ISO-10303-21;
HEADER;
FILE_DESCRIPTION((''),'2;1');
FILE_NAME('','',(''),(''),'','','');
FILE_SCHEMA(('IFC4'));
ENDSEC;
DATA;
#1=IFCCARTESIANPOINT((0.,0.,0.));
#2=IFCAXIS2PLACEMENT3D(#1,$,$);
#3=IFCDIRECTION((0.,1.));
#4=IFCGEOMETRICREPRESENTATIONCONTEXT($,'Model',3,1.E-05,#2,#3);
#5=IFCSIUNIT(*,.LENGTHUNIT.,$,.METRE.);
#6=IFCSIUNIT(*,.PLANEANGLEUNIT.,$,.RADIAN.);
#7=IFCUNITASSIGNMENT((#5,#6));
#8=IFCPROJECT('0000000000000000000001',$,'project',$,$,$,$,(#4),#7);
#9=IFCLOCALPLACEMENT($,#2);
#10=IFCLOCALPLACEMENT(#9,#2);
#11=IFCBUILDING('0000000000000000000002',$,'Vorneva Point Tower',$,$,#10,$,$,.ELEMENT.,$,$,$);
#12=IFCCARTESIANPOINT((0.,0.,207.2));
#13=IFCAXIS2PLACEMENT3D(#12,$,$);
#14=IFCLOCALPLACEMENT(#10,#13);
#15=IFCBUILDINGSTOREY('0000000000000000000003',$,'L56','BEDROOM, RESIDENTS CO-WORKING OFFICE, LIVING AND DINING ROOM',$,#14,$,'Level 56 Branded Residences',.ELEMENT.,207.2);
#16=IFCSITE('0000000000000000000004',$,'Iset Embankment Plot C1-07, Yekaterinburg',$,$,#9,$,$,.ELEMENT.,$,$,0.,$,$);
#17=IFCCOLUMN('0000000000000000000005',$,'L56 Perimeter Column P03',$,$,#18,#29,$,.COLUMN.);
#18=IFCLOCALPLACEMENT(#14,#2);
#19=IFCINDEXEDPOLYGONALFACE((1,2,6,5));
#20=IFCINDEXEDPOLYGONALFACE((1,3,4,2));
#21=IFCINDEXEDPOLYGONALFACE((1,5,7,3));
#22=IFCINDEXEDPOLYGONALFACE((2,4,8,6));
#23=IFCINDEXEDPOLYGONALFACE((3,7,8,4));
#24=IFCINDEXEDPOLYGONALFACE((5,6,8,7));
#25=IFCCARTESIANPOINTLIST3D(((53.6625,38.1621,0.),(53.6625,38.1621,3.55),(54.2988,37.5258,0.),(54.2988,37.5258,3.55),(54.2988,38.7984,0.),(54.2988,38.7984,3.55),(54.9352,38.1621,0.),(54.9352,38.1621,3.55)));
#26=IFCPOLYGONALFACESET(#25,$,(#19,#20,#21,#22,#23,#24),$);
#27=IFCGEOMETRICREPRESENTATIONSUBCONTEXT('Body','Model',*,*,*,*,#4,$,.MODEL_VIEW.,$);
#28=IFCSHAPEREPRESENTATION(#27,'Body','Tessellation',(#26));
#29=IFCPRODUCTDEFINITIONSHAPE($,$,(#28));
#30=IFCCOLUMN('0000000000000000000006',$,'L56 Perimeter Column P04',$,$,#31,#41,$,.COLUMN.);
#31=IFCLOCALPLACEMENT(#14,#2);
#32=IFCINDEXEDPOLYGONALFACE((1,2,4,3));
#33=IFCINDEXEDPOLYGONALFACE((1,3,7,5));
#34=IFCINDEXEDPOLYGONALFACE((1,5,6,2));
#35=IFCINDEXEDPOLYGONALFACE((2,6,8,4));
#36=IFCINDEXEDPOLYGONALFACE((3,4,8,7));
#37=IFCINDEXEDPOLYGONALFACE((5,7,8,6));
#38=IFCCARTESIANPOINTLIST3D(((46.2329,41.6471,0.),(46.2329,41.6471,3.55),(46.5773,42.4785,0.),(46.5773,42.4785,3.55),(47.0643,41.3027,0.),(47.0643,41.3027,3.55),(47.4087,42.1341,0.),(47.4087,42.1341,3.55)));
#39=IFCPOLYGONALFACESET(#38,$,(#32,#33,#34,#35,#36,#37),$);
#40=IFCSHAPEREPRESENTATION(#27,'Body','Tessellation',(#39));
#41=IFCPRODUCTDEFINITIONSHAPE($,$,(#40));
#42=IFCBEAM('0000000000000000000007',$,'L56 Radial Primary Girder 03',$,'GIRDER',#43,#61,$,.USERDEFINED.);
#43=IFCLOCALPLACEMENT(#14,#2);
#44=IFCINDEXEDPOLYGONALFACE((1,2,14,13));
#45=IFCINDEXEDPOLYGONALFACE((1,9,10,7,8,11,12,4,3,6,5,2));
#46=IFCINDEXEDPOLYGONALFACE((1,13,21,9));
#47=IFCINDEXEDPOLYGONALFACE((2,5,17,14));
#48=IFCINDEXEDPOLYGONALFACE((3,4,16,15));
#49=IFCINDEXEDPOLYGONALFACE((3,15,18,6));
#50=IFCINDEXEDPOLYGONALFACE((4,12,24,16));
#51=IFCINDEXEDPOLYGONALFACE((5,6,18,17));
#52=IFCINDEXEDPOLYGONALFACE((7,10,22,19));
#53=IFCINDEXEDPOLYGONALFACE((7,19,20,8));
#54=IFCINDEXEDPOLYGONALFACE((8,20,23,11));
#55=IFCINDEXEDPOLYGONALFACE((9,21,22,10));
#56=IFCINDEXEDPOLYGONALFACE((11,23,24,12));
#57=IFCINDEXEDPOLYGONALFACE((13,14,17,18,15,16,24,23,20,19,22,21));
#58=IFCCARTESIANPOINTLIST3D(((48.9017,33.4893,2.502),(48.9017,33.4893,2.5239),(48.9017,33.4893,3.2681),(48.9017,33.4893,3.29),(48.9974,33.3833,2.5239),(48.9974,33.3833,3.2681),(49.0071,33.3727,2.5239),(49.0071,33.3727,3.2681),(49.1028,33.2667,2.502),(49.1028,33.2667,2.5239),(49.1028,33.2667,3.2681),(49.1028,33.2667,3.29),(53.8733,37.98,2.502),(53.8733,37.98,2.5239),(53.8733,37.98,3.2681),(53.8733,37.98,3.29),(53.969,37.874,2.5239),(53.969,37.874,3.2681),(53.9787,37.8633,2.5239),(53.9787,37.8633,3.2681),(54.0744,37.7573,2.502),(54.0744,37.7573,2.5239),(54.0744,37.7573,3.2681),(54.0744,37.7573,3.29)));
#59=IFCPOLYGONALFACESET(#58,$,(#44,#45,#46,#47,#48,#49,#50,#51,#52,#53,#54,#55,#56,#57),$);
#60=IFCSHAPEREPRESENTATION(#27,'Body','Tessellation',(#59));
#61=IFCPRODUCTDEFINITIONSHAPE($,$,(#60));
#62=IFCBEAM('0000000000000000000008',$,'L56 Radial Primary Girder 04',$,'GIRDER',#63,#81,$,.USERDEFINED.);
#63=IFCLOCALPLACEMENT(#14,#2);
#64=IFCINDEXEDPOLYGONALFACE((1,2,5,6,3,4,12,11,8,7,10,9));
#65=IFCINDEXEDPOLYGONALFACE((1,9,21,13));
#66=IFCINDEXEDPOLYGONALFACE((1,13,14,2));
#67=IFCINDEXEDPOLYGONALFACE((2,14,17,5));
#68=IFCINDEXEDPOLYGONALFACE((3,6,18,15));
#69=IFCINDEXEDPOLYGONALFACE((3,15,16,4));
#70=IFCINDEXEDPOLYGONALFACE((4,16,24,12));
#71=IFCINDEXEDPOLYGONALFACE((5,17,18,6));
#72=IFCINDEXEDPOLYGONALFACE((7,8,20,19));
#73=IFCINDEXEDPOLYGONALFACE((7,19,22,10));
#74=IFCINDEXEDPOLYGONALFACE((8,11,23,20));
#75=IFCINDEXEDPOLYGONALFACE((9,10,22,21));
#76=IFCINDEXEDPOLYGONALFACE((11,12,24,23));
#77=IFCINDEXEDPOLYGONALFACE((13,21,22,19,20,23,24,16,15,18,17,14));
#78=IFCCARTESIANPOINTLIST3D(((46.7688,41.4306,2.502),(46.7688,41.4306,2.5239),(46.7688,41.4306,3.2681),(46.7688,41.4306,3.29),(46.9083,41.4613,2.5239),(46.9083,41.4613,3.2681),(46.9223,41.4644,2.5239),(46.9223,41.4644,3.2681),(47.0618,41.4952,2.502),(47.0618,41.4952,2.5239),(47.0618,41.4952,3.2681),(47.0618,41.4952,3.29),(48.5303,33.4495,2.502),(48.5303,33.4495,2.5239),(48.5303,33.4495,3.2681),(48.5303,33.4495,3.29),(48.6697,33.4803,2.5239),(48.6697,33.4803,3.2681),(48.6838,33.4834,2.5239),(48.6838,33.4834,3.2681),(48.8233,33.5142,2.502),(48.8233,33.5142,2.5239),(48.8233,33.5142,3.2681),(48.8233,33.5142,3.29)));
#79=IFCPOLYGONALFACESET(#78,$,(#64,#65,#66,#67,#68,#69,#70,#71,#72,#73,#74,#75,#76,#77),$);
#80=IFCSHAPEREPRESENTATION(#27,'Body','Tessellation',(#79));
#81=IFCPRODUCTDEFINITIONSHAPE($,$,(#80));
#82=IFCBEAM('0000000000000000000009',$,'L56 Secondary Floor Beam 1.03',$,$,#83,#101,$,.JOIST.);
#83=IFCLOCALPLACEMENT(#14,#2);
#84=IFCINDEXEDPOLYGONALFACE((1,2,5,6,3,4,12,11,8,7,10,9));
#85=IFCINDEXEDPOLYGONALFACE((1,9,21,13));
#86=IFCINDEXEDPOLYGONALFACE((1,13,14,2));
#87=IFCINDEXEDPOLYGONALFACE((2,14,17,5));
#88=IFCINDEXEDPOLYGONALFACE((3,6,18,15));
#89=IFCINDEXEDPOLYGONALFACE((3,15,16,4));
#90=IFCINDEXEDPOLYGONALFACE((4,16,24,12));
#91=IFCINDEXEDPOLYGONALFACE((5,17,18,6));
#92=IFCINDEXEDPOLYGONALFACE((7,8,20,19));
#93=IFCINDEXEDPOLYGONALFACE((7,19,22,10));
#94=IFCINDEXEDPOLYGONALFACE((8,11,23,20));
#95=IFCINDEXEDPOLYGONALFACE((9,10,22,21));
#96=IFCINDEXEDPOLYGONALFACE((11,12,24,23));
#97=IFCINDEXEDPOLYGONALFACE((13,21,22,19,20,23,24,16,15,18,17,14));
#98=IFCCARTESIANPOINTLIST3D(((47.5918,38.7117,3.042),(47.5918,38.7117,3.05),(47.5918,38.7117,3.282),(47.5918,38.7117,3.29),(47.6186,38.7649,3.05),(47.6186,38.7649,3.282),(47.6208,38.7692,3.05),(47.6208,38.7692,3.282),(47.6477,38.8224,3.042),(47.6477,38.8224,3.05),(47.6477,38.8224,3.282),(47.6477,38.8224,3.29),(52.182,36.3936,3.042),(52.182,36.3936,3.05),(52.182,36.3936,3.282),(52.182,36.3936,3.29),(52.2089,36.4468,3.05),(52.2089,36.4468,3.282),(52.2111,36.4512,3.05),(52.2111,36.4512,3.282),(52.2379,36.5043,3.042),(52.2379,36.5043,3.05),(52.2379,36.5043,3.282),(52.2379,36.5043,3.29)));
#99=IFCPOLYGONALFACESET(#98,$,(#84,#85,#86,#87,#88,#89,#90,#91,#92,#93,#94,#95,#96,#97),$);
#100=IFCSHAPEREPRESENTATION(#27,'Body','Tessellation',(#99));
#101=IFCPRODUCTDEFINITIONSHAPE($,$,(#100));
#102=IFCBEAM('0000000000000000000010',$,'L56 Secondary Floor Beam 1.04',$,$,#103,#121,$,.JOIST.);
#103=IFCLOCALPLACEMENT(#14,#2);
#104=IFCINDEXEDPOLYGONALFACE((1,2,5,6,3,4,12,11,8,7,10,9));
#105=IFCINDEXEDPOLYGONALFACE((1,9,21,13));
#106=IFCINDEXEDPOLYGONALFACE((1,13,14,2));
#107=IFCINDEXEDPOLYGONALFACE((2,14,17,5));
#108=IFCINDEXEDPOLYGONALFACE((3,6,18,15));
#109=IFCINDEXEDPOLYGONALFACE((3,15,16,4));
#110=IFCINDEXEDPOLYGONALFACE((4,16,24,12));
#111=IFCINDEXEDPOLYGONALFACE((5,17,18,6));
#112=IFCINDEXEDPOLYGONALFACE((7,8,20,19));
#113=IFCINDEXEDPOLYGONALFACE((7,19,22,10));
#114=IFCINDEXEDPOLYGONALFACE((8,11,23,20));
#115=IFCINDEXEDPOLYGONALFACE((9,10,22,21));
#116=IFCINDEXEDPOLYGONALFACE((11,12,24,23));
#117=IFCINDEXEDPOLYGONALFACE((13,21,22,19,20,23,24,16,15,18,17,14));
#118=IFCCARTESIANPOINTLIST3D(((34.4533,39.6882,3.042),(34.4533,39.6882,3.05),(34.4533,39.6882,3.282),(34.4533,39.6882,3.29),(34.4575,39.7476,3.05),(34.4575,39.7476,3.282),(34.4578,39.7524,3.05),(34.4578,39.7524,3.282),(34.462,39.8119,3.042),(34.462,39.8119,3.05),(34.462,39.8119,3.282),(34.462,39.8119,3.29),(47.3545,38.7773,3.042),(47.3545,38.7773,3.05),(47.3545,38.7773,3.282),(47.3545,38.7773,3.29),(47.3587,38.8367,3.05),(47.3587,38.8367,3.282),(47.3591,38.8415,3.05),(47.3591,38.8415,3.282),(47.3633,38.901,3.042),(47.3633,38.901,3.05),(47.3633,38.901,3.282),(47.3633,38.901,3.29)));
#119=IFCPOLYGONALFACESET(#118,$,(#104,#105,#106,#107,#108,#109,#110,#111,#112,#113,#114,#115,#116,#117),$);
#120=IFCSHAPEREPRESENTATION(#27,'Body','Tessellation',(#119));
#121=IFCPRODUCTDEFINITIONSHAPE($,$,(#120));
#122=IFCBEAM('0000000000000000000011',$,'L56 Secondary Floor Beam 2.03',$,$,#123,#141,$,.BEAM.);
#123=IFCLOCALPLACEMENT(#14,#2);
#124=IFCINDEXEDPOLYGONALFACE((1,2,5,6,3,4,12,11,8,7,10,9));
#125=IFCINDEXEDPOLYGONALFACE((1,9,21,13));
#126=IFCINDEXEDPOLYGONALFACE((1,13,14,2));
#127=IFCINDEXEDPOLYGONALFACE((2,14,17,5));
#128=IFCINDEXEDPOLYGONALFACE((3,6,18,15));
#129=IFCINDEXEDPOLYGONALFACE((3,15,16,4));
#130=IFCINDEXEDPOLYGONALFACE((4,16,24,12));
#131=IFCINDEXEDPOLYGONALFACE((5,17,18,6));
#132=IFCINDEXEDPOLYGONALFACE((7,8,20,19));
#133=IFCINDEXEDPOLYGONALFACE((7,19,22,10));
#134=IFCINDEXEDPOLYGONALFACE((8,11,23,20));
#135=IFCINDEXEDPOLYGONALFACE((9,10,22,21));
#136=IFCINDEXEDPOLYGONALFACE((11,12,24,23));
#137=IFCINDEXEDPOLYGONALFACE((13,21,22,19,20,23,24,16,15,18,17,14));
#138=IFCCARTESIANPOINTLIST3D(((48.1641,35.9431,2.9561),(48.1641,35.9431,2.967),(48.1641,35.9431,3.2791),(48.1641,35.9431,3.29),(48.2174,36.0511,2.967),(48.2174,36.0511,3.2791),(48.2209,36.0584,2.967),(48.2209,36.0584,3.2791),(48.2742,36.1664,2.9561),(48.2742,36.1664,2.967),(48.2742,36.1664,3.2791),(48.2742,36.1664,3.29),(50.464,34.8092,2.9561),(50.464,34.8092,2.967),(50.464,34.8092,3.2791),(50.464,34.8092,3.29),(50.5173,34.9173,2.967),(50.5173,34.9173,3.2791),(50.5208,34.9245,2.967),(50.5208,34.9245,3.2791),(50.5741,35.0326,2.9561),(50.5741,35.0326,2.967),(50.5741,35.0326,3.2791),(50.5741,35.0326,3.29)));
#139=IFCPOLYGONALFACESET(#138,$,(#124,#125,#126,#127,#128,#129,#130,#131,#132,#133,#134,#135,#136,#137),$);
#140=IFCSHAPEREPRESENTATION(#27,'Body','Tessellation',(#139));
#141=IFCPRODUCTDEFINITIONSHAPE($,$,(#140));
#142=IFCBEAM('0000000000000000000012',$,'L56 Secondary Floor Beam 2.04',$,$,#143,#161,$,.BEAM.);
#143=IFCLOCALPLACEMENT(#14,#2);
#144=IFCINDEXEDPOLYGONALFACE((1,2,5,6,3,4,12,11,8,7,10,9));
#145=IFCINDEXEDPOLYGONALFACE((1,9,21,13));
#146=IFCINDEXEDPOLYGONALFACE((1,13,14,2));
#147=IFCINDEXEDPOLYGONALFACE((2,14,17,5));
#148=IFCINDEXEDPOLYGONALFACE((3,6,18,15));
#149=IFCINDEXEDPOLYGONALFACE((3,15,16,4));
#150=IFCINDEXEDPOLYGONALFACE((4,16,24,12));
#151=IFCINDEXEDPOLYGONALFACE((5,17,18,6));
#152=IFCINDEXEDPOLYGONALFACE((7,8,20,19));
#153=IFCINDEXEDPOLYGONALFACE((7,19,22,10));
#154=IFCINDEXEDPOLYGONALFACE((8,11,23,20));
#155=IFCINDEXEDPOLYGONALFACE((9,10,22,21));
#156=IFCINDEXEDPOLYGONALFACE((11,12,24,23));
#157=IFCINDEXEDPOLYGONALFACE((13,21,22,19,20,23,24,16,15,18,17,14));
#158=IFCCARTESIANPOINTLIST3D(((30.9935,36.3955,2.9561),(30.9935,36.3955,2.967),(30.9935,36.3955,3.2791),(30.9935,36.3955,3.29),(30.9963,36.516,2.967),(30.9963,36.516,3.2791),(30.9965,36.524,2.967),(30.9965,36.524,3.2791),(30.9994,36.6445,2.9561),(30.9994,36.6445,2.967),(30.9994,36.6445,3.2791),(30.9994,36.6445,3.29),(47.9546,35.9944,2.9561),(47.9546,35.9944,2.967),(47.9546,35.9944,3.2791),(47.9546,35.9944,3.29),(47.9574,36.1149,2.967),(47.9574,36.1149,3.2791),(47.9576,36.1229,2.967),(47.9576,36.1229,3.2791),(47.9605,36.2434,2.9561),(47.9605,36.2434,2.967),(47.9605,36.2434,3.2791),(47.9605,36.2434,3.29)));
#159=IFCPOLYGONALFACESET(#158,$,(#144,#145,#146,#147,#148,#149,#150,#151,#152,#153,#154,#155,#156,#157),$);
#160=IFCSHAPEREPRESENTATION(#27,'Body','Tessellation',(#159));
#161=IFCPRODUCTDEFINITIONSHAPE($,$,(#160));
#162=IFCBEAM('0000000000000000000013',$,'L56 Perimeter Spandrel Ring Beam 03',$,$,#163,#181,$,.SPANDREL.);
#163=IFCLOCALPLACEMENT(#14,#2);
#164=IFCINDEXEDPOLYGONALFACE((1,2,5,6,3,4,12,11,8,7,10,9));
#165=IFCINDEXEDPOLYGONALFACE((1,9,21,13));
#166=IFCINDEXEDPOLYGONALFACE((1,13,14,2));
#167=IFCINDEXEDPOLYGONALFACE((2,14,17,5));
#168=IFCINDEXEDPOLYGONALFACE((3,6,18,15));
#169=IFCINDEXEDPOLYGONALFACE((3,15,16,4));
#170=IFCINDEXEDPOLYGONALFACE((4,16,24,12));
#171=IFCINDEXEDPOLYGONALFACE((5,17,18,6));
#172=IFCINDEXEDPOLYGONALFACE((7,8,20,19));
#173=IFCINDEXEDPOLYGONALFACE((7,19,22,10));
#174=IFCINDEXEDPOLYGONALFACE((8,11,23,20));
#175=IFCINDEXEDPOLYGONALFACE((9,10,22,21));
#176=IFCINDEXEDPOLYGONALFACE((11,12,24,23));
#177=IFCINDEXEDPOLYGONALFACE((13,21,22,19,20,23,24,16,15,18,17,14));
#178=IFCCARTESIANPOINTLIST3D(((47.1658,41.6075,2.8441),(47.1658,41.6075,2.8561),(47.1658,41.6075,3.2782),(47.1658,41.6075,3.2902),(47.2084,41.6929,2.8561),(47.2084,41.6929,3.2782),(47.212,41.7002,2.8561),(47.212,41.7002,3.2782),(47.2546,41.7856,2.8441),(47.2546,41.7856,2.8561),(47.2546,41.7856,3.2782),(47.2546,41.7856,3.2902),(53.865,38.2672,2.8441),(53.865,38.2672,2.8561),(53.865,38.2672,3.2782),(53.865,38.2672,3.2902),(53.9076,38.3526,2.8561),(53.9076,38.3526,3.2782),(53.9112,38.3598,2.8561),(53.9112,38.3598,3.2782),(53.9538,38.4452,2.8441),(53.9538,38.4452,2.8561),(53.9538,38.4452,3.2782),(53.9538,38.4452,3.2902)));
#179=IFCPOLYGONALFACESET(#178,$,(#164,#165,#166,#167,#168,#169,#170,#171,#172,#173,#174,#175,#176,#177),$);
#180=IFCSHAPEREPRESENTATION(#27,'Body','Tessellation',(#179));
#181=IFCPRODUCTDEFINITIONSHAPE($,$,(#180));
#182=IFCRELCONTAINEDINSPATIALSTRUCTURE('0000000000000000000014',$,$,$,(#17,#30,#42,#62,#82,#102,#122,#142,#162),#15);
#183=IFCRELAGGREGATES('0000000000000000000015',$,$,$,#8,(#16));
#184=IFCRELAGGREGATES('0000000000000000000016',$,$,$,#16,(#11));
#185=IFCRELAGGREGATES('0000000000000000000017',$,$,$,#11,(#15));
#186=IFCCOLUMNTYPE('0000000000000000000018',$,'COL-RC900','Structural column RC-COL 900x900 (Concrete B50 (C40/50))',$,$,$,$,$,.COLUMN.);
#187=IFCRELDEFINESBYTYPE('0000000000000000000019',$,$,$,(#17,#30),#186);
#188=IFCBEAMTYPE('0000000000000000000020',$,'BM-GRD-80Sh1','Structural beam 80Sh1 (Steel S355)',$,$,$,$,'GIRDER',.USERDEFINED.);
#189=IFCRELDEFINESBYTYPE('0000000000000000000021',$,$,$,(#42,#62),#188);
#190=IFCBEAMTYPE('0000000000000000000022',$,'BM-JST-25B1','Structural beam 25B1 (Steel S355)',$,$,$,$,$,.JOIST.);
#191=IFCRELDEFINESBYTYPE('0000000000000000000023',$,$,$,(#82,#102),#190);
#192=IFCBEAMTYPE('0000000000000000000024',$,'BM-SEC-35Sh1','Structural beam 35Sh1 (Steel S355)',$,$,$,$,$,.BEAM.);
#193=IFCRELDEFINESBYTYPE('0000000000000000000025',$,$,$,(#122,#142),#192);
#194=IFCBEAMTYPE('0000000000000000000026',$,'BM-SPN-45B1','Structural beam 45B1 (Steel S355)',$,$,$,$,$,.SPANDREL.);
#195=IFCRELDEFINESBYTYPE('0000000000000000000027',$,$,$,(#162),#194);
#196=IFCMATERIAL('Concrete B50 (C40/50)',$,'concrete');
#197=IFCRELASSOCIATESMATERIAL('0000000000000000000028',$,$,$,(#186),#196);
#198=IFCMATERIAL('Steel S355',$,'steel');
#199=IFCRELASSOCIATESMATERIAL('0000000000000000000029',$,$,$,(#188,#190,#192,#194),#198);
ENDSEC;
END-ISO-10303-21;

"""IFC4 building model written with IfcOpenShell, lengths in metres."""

from ifc_helpers import new_model, si_unit, direction, frame, origin, origin_2d, place, context, subcontext, project, spatial, rectangle, i_section, extrude, material, material_profile, profile_set, type_object, element, save


model = new_model("IFC4")

# Units and contexts
model_context = context("Model", 3, precision=1e-05, world=origin(), true_north=direction((0.0, 1.0)))
body_context = subcontext(model_context, "Body", "Model", "MODEL_VIEW")
ifc_project = project(units=[si_unit("LENGTHUNIT", "METRE"), si_unit("PLANEANGLEUNIT", "RADIAN")], contexts=[model_context])

# Site, building, storey
site_placement = place(None, origin())
site = spatial("IfcSite", under=ifc_project, at=site_placement, Name="Iset Embankment Plot C1-07, Yekaterinburg", CompositionType="ELEMENT", RefElevation=0.0)
building_placement = place(site_placement, origin())
building = spatial("IfcBuilding", under=site, at=building_placement, Name="Vorneva Point Tower", CompositionType="ELEMENT")
storey_placement = place(building_placement, frame((0.0, 0.0, 207.2)))
storey = spatial("IfcBuildingStorey", under=building, at=storey_placement, Name="L56", Description="BEDROOM, RESIDENTS CO-WORKING OFFICE, LIVING AND DINING ROOM", LongName="Level 56 Branded Residences", CompositionType="ELEMENT", Elevation=207.2)

# Columns
ifc_material_1 = material(Name="Concrete B50 (C40/50)", Category="concrete")
ifc_material_profile_1 = material_profile(ifc_material_1, rectangle(XDim=0.8999, YDim=0.8999, at=origin_2d()), Name="RC-COL 900x900")
ifc_profile_set_1 = profile_set([ifc_material_profile_1], Name="Concrete B50 (C40/50)")
column_type = type_object("IfcColumnType", Name="COL-RC900", Description="Structural column RC-COL 900x900 (Concrete B50 (C40/50))", PredefinedType="COLUMN", material=ifc_profile_set_1)
for number, where, z_axis, x_axis, name in (
    (1, (54.2988, 38.1621, 0.0), (0.0, 0.0, 1.0), (0.707107, 0.707107, 0.0), "L56 Perimeter Column P03"),
    (2, (46.8208, 41.8906, 0.0), (0.0, 0.0, 1.0), (0.382683, 0.92388, 0.0), "L56 Perimeter Column P04"),
):
    element("IfcColumn", number, at=place(storey_placement, frame(where, z_axis=z_axis, x_axis=x_axis)), inside=storey, type_object=column_type, Name=name, PredefinedType="COLUMN", context=body_context, shape_type="SweptSolid", body=[
        extrude(rectangle(XDim=0.8999, YDim=0.8999, at=origin_2d()), origin(), (0.0, 0.0, 1.0), 3.55),
    ])

# Beams
ifc_material_2 = material(Name="Steel S355", Category="steel")
ifc_material_profile_2 = material_profile(ifc_material_2, i_section(OverallWidth=0.3, OverallDepth=0.7881, WebThickness=0.0144, FlangeThickness=0.022, at=origin_2d()), Name="80Sh1")
ifc_profile_set_2 = profile_set([ifc_material_profile_2], Name="Steel S355")
beam_type_1 = type_object("IfcBeamType", Name="BM-GRD-80Sh1", Description="Structural beam 80Sh1 (Steel S355)", ElementType="GIRDER", PredefinedType="USERDEFINED", material=ifc_profile_set_2)
beam_1_placement = place(storey_placement, frame((53.9739, 37.8687, 2.896), z_axis=(-0.74209, -0.670301, 0.0), x_axis=(0.670301, -0.74209, 0.0)))
element("IfcBeam", 3, at=beam_1_placement, inside=storey, type_object=beam_type_1, Name="L56 Radial Primary Girder 03", ObjectType="GIRDER", PredefinedType="USERDEFINED", context=body_context, shape_type="SweptSolid", body=[
    extrude(i_section(OverallWidth=0.3, OverallDepth=0.7881, WebThickness=0.0144, FlangeThickness=0.022, at=origin_2d()), origin(), (0.0, 0.0, 1.0), 6.6995),
])
beam_2_placement = place(storey_placement, frame((46.9153, 41.4629, 2.896), z_axis=(0.215523, -0.976499, 0.0), x_axis=(0.976499, 0.215523, 0.0)))
element("IfcBeam", 4, at=beam_2_placement, inside=storey, type_object=beam_type_1, Name="L56 Radial Primary Girder 04", ObjectType="GIRDER", PredefinedType="USERDEFINED", context=body_context, shape_type="SweptSolid", body=[
    extrude(i_section(OverallWidth=0.3, OverallDepth=0.7881, WebThickness=0.0144, FlangeThickness=0.022, at=origin_2d()), origin(), (0.0, 0.0, 1.0), 8.1731),
])
ifc_material_profile_3 = material_profile(ifc_material_2, i_section(OverallWidth=0.124, OverallDepth=0.248, WebThickness=0.0049, FlangeThickness=0.0081, at=origin_2d()), Name="25B1")
ifc_profile_set_3 = profile_set([ifc_material_profile_3], Name="Steel S355")
beam_type_2 = type_object("IfcBeamType", Name="BM-JST-25B1", Description="Structural beam 25B1 (Steel S355)", PredefinedType="JOIST", material=ifc_profile_set_3)
beam_3_placement = place(storey_placement, frame((52.21, 36.449, 3.166), z_axis=(-0.892635, 0.45078, 0.0), x_axis=(-0.45078, -0.892635, 0.0)))
element("IfcBeam", 5, at=beam_3_placement, inside=storey, type_object=beam_type_2, Name="L56 Secondary Floor Beam 1.03", PredefinedType="JOIST", context=body_context, shape_type="SweptSolid", body=[
    extrude(i_section(OverallWidth=0.124, OverallDepth=0.248, WebThickness=0.0049, FlangeThickness=0.0081, at=origin_2d()), origin(), (0.0, 0.0, 1.0), 5.1423),
])
beam_4_placement = place(storey_placement, frame((47.3589, 38.8391, 3.166), z_axis=(-0.997517, 0.07043, 0.0), x_axis=(-0.07043, -0.997517, 0.0)))
element("IfcBeam", 6, at=beam_4_placement, inside=storey, type_object=beam_type_2, Name="L56 Secondary Floor Beam 1.04", PredefinedType="JOIST", context=body_context, shape_type="SweptSolid", body=[
    extrude(i_section(OverallWidth=0.124, OverallDepth=0.248, WebThickness=0.0049, FlangeThickness=0.0081, at=origin_2d()), origin(), (0.0, 0.0, 1.0), 12.9333),
])
ifc_material_profile_4 = material_profile(ifc_material_2, i_section(OverallWidth=0.249, OverallDepth=0.334, WebThickness=0.0081, FlangeThickness=0.011, at=origin_2d()), Name="35Sh1")
ifc_profile_set_4 = profile_set([ifc_material_profile_4], Name="Steel S355")
beam_type_3 = type_object("IfcBeamType", Name="BM-SEC-35Sh1", Description="Structural beam 35Sh1 (Steel S355)", PredefinedType="BEAM", material=ifc_profile_set_4)
beam_5_placement = place(storey_placement, frame((50.519, 34.9209, 3.123), z_axis=(-0.896927, 0.442179, 0.0), x_axis=(-0.442179, -0.896927, 0.0)))
element("IfcBeam", 7, at=beam_5_placement, inside=storey, type_object=beam_type_3, Name="L56 Secondary Floor Beam 2.03", PredefinedType="BEAM", context=body_context, shape_type="SweptSolid", body=[
    extrude(i_section(OverallWidth=0.249, OverallDepth=0.334, WebThickness=0.0081, FlangeThickness=0.011, at=origin_2d()), origin(), (0.0, 0.0, 1.0), 2.5642),
])
beam_6_placement = place(storey_placement, frame((47.9575, 36.1189, 3.123), z_axis=(-0.99972, 0.023643, 0.0), x_axis=(-0.023643, -0.99972, 0.0)))
element("IfcBeam", 8, at=beam_6_placement, inside=storey, type_object=beam_type_3, Name="L56 Secondary Floor Beam 2.04", PredefinedType="BEAM", context=body_context, shape_type="SweptSolid", body=[
    extrude(i_section(OverallWidth=0.249, OverallDepth=0.334, WebThickness=0.0081, FlangeThickness=0.011, at=origin_2d()), origin(), (0.0, 0.0, 1.0), 16.9658),
])
ifc_material_profile_5 = material_profile(ifc_material_2, i_section(OverallWidth=0.199, OverallDepth=0.446, WebThickness=0.0081, FlangeThickness=0.012, at=origin_2d()), Name="45B1")
ifc_profile_set_5 = profile_set([ifc_material_profile_5], Name="Steel S355")
beam_type_4 = type_object("IfcBeamType", Name="BM-SPN-45B1", Description="Structural beam 45B1 (Steel S355)", PredefinedType="SPANDREL", material=ifc_profile_set_5)
beam_7_placement = place(storey_placement, frame((53.9094, 38.3562, 3.0671), z_axis=(-0.894922, 0.446222, 0.0), x_axis=(-0.446222, -0.894922, 0.0)))
element("IfcBeam", 9, at=beam_7_placement, inside=storey, type_object=beam_type_4, Name="L56 Perimeter Spandrel Ring Beam 03", PredefinedType="SPANDREL", context=body_context, shape_type="SweptSolid", body=[
    extrude(i_section(OverallWidth=0.199, OverallDepth=0.446, WebThickness=0.0081, FlangeThickness=0.012, at=origin_2d()), origin(), (0.0, 0.0, 1.0), 7.4858),
])

save(model, "model.ifc")
